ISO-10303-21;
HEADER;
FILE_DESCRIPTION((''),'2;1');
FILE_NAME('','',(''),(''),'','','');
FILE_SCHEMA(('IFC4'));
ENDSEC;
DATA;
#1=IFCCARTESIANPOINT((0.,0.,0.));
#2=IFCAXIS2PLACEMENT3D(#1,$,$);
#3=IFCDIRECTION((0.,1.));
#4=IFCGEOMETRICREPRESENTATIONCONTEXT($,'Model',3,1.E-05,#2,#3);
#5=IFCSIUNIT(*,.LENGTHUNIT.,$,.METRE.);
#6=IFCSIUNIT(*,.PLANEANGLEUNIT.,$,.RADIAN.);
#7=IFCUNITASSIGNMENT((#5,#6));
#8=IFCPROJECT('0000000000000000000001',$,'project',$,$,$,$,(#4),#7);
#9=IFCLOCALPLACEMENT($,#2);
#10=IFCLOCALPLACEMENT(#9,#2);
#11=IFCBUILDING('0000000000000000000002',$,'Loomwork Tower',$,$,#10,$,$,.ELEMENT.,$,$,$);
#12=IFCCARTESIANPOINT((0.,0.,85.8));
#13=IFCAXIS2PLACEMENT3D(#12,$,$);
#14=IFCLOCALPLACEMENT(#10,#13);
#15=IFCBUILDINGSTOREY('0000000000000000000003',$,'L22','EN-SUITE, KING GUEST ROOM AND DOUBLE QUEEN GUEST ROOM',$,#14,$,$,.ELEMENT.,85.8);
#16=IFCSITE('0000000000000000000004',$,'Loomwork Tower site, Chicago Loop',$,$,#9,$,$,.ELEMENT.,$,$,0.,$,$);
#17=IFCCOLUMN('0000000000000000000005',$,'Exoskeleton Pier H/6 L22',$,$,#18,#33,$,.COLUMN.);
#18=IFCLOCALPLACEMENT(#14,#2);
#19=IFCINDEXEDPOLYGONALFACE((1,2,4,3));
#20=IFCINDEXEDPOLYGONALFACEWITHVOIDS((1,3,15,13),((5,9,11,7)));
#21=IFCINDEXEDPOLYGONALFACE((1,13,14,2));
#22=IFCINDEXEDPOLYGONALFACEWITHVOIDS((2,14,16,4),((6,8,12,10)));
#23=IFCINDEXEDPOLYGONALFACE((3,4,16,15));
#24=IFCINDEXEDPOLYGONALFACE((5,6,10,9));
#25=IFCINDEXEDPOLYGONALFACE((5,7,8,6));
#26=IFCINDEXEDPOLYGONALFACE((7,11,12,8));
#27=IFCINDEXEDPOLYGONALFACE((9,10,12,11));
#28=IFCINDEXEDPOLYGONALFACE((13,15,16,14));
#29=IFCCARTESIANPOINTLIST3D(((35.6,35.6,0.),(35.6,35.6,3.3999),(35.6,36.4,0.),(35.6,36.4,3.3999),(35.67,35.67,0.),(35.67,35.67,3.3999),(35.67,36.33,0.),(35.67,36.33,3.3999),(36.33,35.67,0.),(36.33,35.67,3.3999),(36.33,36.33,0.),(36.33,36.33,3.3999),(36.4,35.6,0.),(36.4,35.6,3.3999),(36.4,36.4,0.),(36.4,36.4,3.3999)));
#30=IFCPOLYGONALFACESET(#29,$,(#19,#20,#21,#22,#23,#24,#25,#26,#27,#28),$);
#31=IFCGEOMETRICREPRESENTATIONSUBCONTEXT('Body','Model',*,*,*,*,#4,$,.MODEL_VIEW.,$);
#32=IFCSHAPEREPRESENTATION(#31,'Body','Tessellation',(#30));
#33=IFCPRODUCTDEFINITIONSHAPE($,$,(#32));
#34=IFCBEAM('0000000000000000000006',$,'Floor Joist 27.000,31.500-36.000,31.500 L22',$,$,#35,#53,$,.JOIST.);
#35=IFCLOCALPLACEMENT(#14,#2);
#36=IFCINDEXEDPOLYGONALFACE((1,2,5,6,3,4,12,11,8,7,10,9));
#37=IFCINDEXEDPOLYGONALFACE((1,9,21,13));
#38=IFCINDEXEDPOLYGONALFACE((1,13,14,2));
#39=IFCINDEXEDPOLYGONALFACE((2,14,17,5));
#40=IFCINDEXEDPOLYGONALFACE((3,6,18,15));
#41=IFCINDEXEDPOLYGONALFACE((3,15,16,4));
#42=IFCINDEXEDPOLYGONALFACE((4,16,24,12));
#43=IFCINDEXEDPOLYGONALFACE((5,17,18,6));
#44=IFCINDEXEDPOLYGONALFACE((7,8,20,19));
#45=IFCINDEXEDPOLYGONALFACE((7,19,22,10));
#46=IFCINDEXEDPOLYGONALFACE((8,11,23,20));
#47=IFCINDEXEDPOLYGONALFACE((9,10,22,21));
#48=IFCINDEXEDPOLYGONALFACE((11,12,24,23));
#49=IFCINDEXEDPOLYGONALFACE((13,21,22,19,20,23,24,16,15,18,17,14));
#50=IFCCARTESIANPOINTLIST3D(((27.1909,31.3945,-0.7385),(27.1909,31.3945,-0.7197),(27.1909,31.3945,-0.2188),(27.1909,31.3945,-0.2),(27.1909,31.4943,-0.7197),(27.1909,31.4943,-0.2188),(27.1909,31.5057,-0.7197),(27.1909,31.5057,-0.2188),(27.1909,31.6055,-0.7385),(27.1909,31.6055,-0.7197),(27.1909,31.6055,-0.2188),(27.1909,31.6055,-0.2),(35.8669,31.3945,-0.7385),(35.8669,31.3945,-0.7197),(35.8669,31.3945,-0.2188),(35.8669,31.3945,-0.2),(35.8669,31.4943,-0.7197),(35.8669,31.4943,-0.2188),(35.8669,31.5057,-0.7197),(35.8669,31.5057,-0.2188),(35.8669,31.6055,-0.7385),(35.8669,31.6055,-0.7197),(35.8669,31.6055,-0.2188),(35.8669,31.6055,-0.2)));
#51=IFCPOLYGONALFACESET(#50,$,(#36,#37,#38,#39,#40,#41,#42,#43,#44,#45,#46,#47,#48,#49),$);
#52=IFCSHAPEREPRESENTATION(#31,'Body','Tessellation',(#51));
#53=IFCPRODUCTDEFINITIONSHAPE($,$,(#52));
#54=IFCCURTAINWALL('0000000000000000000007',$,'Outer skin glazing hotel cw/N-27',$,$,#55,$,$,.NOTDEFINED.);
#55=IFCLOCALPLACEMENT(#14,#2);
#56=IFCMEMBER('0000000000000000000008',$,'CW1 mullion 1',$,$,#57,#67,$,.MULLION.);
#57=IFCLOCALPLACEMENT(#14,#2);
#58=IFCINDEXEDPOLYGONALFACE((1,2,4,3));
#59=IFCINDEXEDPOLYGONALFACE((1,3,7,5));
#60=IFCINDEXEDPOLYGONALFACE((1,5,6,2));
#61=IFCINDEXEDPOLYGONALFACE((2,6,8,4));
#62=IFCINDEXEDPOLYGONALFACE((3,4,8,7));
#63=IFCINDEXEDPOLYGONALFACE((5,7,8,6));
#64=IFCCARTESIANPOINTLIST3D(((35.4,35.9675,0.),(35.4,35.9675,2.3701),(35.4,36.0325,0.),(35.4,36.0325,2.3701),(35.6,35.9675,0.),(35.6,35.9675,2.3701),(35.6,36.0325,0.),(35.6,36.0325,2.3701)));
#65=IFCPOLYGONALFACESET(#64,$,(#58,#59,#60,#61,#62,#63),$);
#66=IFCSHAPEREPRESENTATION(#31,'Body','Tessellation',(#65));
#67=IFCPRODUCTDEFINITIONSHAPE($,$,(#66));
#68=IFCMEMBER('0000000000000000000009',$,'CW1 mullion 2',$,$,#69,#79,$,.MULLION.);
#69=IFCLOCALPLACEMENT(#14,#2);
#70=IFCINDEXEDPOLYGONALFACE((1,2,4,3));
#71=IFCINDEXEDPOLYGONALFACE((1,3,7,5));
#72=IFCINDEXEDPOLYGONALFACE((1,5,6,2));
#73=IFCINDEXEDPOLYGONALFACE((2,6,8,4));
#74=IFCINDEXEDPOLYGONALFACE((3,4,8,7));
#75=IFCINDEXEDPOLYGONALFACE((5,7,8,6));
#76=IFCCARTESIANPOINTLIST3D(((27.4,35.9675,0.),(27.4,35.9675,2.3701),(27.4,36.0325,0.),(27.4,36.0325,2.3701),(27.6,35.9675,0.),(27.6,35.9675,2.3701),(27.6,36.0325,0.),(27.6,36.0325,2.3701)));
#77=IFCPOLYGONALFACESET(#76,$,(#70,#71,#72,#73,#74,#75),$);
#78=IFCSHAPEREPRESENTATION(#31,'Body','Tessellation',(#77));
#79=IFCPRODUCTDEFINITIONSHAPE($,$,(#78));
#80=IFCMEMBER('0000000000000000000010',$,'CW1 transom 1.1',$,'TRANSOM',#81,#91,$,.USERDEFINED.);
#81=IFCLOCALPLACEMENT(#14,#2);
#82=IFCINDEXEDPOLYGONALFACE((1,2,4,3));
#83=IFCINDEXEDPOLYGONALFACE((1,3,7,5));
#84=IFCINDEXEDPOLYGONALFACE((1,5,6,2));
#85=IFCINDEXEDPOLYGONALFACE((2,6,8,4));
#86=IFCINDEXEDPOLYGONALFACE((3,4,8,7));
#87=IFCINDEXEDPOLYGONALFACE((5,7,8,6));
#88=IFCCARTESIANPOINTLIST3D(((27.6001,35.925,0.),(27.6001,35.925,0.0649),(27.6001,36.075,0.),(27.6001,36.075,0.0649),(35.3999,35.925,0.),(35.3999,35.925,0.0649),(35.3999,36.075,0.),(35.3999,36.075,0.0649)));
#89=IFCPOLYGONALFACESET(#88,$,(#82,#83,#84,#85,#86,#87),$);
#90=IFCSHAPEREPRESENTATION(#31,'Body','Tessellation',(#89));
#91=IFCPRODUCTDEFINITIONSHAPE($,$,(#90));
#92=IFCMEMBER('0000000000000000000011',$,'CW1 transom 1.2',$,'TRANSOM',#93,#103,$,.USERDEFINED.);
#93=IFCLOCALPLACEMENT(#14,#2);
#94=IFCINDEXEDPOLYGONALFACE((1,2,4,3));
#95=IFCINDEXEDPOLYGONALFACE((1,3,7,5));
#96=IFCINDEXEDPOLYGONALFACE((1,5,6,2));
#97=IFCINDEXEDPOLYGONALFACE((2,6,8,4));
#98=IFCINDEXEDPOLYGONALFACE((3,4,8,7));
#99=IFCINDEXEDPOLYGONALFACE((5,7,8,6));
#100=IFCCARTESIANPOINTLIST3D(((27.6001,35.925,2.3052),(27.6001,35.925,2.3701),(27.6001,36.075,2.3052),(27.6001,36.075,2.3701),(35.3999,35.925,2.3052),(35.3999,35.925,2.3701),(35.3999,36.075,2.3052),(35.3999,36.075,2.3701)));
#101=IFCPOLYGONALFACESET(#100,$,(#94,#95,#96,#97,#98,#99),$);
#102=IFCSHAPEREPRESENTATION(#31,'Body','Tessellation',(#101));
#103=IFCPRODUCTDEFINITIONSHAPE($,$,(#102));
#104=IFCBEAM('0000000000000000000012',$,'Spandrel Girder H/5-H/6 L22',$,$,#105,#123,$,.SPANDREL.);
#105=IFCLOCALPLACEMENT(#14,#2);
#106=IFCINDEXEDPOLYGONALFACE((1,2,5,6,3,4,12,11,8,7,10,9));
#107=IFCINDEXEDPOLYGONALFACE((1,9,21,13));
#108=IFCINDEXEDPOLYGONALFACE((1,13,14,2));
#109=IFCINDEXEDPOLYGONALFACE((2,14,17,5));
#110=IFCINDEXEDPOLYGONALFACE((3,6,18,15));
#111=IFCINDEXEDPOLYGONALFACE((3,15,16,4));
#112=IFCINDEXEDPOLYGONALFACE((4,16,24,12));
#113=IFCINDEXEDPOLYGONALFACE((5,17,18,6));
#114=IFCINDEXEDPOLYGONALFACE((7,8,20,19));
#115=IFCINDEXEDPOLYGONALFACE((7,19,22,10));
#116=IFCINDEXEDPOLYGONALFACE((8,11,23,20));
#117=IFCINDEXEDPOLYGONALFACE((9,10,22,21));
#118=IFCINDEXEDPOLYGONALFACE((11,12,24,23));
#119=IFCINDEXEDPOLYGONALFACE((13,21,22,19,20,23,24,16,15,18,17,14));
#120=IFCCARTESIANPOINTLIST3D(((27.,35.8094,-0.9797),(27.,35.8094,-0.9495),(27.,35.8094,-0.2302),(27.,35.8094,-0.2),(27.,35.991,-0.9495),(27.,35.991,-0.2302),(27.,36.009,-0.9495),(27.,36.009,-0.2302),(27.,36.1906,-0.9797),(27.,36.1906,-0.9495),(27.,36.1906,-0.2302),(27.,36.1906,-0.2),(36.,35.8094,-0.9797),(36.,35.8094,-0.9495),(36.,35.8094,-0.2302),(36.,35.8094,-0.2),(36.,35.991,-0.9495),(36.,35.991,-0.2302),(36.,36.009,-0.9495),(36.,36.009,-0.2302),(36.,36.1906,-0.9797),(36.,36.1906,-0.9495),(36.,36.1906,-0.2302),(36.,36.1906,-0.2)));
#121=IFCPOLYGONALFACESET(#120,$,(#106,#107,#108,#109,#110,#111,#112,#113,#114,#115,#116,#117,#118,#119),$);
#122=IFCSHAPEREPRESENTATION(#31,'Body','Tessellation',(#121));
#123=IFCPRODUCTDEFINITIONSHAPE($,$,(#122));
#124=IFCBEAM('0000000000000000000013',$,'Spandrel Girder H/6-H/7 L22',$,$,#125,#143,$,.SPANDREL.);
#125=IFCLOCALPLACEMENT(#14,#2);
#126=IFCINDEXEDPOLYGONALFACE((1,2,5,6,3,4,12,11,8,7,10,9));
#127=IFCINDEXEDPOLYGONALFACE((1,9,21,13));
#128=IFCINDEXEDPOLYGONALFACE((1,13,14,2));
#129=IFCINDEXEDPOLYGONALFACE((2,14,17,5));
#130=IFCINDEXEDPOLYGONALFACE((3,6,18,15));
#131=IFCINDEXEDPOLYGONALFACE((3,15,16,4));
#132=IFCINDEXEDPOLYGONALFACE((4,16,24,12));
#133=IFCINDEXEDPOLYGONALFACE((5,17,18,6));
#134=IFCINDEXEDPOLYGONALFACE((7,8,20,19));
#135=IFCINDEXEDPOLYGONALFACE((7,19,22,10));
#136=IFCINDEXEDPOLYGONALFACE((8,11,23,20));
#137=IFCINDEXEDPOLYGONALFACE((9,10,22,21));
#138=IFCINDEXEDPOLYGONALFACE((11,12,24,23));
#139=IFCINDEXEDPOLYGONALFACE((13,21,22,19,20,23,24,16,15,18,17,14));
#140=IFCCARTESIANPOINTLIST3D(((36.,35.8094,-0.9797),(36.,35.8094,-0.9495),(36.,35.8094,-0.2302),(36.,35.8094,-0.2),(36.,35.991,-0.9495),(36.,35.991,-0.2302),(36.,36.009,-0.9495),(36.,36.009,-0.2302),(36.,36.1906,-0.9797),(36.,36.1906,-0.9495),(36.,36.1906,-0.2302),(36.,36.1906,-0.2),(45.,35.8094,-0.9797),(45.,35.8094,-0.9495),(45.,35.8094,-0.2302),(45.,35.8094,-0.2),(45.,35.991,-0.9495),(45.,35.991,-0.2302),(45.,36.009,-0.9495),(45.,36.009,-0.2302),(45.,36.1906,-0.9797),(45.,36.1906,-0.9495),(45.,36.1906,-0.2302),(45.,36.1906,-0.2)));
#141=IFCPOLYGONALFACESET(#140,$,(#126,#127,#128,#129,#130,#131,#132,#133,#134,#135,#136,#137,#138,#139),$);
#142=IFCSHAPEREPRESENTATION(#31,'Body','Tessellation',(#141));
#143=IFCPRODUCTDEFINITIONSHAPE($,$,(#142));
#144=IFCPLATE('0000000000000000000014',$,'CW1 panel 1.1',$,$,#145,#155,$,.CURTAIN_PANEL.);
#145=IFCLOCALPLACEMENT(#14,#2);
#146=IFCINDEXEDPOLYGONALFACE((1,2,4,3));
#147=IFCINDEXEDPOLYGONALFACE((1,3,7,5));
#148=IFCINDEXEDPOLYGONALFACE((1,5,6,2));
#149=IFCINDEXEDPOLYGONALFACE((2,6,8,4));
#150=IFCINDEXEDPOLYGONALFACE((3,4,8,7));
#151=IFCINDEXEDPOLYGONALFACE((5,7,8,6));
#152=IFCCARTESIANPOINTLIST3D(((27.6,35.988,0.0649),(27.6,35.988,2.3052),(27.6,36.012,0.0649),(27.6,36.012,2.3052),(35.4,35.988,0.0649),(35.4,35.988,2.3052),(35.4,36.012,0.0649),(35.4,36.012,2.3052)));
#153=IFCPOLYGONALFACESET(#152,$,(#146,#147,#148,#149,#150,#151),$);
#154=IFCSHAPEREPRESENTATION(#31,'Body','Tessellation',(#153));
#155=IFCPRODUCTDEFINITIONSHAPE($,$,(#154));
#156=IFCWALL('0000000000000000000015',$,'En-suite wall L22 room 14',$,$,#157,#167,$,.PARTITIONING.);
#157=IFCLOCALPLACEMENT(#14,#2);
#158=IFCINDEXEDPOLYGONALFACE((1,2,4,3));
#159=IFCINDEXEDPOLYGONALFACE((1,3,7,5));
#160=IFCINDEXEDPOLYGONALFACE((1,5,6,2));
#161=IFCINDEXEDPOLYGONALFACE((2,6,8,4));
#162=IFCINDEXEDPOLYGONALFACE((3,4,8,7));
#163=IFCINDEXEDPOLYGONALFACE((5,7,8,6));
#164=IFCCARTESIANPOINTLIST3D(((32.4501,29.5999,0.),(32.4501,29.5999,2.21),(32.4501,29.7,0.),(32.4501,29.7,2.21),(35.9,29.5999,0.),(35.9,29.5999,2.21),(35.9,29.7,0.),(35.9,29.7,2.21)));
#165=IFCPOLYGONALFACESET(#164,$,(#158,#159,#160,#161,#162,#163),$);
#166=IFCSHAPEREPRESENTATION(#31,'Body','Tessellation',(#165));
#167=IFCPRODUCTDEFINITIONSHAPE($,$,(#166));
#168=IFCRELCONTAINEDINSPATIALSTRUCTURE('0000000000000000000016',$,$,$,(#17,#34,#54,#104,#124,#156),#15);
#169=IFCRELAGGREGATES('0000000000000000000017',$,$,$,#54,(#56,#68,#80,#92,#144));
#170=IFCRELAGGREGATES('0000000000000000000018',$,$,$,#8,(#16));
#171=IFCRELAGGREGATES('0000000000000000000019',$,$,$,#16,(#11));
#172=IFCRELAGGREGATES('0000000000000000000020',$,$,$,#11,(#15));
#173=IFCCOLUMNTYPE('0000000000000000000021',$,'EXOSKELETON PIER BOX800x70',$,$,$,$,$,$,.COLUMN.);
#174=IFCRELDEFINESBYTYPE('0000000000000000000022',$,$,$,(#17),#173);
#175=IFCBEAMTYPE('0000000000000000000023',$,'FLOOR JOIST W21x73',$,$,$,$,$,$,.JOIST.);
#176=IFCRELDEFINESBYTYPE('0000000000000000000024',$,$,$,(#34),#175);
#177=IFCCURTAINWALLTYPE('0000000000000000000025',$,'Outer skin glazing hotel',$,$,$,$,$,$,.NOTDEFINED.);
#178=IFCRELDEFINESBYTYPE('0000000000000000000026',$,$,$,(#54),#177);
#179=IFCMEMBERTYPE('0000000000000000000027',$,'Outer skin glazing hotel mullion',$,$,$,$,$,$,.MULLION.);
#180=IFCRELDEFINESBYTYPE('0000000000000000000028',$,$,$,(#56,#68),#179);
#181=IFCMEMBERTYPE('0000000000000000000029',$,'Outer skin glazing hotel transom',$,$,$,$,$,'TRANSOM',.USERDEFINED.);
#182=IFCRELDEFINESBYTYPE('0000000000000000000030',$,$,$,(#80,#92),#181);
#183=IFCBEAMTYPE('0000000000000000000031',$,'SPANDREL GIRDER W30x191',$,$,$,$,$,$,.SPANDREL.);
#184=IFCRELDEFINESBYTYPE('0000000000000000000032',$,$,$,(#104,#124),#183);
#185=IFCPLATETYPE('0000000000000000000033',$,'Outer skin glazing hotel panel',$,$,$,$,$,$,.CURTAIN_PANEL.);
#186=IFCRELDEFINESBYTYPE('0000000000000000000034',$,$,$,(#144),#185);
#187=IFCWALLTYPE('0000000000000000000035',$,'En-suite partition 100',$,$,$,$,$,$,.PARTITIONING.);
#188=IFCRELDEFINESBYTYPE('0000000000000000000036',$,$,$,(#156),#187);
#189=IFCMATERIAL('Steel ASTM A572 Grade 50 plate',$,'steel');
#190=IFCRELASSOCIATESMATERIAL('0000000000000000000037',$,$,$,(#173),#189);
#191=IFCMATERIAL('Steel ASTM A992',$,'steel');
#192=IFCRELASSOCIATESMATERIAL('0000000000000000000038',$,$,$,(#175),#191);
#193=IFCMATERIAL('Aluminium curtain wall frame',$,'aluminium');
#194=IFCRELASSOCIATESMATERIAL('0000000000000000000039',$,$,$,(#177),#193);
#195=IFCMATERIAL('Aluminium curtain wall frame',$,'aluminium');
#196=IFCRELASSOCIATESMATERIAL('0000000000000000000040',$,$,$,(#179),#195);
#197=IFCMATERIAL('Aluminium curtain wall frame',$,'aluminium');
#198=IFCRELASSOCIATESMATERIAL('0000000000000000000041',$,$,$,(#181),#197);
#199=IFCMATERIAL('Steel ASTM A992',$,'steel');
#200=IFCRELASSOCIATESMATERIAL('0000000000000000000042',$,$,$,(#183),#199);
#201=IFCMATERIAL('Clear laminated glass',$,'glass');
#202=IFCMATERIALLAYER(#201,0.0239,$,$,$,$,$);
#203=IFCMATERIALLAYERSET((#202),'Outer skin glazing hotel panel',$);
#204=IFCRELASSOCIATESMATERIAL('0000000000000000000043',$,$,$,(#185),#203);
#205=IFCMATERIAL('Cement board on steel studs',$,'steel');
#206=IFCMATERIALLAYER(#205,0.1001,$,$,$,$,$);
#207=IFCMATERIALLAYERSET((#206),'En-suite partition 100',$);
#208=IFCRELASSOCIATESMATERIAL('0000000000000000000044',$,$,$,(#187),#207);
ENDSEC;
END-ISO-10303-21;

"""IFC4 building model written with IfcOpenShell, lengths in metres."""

from ifc_helpers import new_model, si_unit, direction, frame, frame_2d, origin, origin_2d, place, context, subcontext, project, spatial, rectangle, hollow_rectangle, i_section, extrude, material, layer, layer_set, material_profile, profile_set, type_object, element, aggregate, save


model = new_model("IFC4")

# Units and contexts
model_context = context("Model", 3, precision=1e-05, world=origin(), true_north=direction((0.0, 1.0)))
body_context = subcontext(model_context, "Body", "Model", "MODEL_VIEW")
ifc_project = project(units=[si_unit("LENGTHUNIT", "METRE"), si_unit("PLANEANGLEUNIT", "RADIAN")], contexts=[model_context])

# Site, building, storey
site_placement = place(None, origin())
site = spatial("IfcSite", under=ifc_project, at=site_placement, Name="Loomwork Tower site, Chicago Loop", CompositionType="ELEMENT", RefElevation=0.0)
building_placement = place(site_placement, origin())
building = spatial("IfcBuilding", under=site, at=building_placement, Name="Loomwork Tower", CompositionType="ELEMENT")
storey_placement = place(building_placement, frame((0.0, 0.0, 85.8)))
storey = spatial("IfcBuildingStorey", under=building, at=storey_placement, Name="L22", Description="EN-SUITE, KING GUEST ROOM AND DOUBLE QUEEN GUEST ROOM", CompositionType="ELEMENT", Elevation=85.8)

# Column
ifc_material_1 = material(Name="Steel ASTM A572 Grade 50 plate", Category="steel")
ifc_material_profile_1 = material_profile(ifc_material_1, hollow_rectangle(XDim=0.8, YDim=0.8, WallThickness=0.0701, at=origin_2d()), Name="BOX800x70")
ifc_profile_set_1 = profile_set([ifc_material_profile_1], Name="Steel ASTM A572 Grade 50 plate")
column_type = type_object("IfcColumnType", Name="EXOSKELETON PIER BOX800x70", PredefinedType="COLUMN", material=ifc_profile_set_1)
column_placement = place(storey_placement, frame((36.0, 36.0, 0.0), z_axis=(0.0, 0.0, 1.0), x_axis=(1.0, 0.0, 0.0)))
element("IfcColumn", 1, at=column_placement, inside=storey, type_object=column_type, Name="Exoskeleton Pier H/6 L22", PredefinedType="COLUMN", context=body_context, shape_type="SweptSolid", body=[
    extrude(hollow_rectangle(XDim=0.8, YDim=0.8, WallThickness=0.0701, at=origin_2d()), origin(), (0.0, 0.0, 1.0), 3.3999),
])

# Beam
ifc_material_2 = material(Name="Steel ASTM A992", Category="steel")
ifc_material_profile_2 = material_profile(ifc_material_2, i_section(OverallWidth=0.2109, OverallDepth=0.5386, WebThickness=0.0115, FlangeThickness=0.0188, at=origin_2d()), Name="W21x73")
ifc_profile_set_2 = profile_set([ifc_material_profile_2], Name="Steel ASTM A992")
beam_type_1 = type_object("IfcBeamType", Name="FLOOR JOIST W21x73", PredefinedType="JOIST", material=ifc_profile_set_2)
beam_placement = place(storey_placement, frame((27.1909, 31.5, -0.4692), z_axis=(1.0, 0.0, 0.0), x_axis=(0.0, 1.0, 0.0)))
element("IfcBeam", 2, at=beam_placement, inside=storey, type_object=beam_type_1, Name="Floor Joist 27.000,31.500-36.000,31.500 L22", PredefinedType="JOIST", context=body_context, shape_type="SweptSolid", body=[
    extrude(i_section(OverallWidth=0.2109, OverallDepth=0.5386, WebThickness=0.0115, FlangeThickness=0.0188, at=origin_2d()), origin(), (0.0, 0.0, 1.0), 8.676),
])

# Curtain wall, members
ifc_material_3 = material(Name="Aluminium curtain wall frame", Category="aluminium")
curtain_wall_type = type_object("IfcCurtainWallType", Name="Outer skin glazing hotel", PredefinedType="NOTDEFINED", material=ifc_material_3)
curtain_wall_placement = place(storey_placement, origin())
curtain_wall = element("IfcCurtainWall", 3, at=curtain_wall_placement, inside=storey, type_object=curtain_wall_type, Name="Outer skin glazing hotel cw/N-27", PredefinedType="NOTDEFINED")
ifc_material_4 = material(Name="Aluminium curtain wall frame", Category="aluminium")
ifc_material_profile_3 = material_profile(ifc_material_4, rectangle(XDim=0.0649, YDim=0.2, at=origin_2d()), Name="AL 65x200")
ifc_profile_set_3 = profile_set([ifc_material_profile_3], Name="Aluminium curtain wall frame")
member_type_1 = type_object("IfcMemberType", Name="Outer skin glazing hotel mullion", PredefinedType="MULLION", material=ifc_profile_set_3)
member_1_placement = place(storey_placement, frame((35.5, 36.0, 0.0), z_axis=(0.0, 0.0, 1.0), x_axis=(0.0, -1.0, 0.0)))
member_1 = element("IfcMember", 4, at=member_1_placement, type_object=member_type_1, Name="CW1 mullion 1", PredefinedType="MULLION", context=body_context, shape_type="SweptSolid", body=[
    extrude(rectangle(XDim=0.0649, YDim=0.2, at=origin_2d()), origin(), (0.0, 0.0, 1.0), 2.3701),
])
member_2_placement = place(storey_placement, frame((27.5, 36.0, 0.0), z_axis=(0.0, 0.0, 1.0), x_axis=(0.0, -1.0, 0.0)))
member_2 = element("IfcMember", 5, at=member_2_placement, type_object=member_type_1, Name="CW1 mullion 2", PredefinedType="MULLION", context=body_context, shape_type="SweptSolid", body=[
    extrude(rectangle(XDim=0.0649, YDim=0.2, at=origin_2d()), origin(), (0.0, 0.0, 1.0), 2.3701),
])
ifc_material_5 = material(Name="Aluminium curtain wall frame", Category="aluminium")
ifc_material_profile_4 = material_profile(ifc_material_5, rectangle(XDim=0.1499, YDim=0.0649, at=origin_2d()), Name="AL 65x150")
ifc_profile_set_4 = profile_set([ifc_material_profile_4], Name="Aluminium curtain wall frame")
member_type_2 = type_object("IfcMemberType", Name="Outer skin glazing hotel transom", ElementType="TRANSOM", PredefinedType="USERDEFINED", material=ifc_profile_set_4)
member_3_placement = place(storey_placement, frame((35.3999, 36.0, 0.0325), z_axis=(-1.0, 0.0, 0.0), x_axis=(0.0, -1.0, 0.0)))
member_3 = element("IfcMember", 6, at=member_3_placement, type_object=member_type_2, Name="CW1 transom 1.1", ObjectType="TRANSOM", PredefinedType="USERDEFINED", context=body_context, shape_type="SweptSolid", body=[
    extrude(rectangle(XDim=0.1499, YDim=0.0649, at=origin_2d()), origin(), (0.0, 0.0, 1.0), 7.7998),
])
member_4_placement = place(storey_placement, frame((35.3999, 36.0, 2.3376), z_axis=(-1.0, 0.0, 0.0), x_axis=(0.0, -1.0, 0.0)))
member_4 = element("IfcMember", 7, at=member_4_placement, type_object=member_type_2, Name="CW1 transom 1.2", ObjectType="TRANSOM", PredefinedType="USERDEFINED", context=body_context, shape_type="SweptSolid", body=[
    extrude(rectangle(XDim=0.1499, YDim=0.0649, at=origin_2d()), origin(), (0.0, 0.0, 1.0), 7.7998),
])

# Beams
ifc_material_6 = material(Name="Steel ASTM A992", Category="steel")
ifc_material_profile_5 = material_profile(ifc_material_6, i_section(OverallWidth=0.3811, OverallDepth=0.7798, WebThickness=0.0181, FlangeThickness=0.0303, at=origin_2d()), Name="W30x191")
ifc_profile_set_5 = profile_set([ifc_material_profile_5], Name="Steel ASTM A992")
beam_type_2 = type_object("IfcBeamType", Name="SPANDREL GIRDER W30x191", PredefinedType="SPANDREL", material=ifc_profile_set_5)
for number, where, z_axis, x_axis, name in (
    (8, (27.0, 36.0, -0.5898), (1.0, 0.0, 0.0), (0.0, 1.0, 0.0), "Spandrel Girder H/5-H/6 L22"),
    (9, (36.0, 36.0, -0.5898), (1.0, 0.0, 0.0), (0.0, 1.0, 0.0), "Spandrel Girder H/6-H/7 L22"),
):
    element("IfcBeam", number, at=place(storey_placement, frame(where, z_axis=z_axis, x_axis=x_axis)), inside=storey, type_object=beam_type_2, Name=name, PredefinedType="SPANDREL", context=body_context, shape_type="SweptSolid", body=[
        extrude(i_section(OverallWidth=0.3811, OverallDepth=0.7798, WebThickness=0.0181, FlangeThickness=0.0303, at=origin_2d()), origin(), (0.0, 0.0, 1.0), 9.0),
    ])

# Plate
ifc_material_7 = material(Name="Clear laminated glass", Category="glass")
ifc_layer_1 = layer(ifc_material_7, 0.0239)
ifc_layer_set_1 = layer_set([ifc_layer_1], Name="Outer skin glazing hotel panel")
plate_type = type_object("IfcPlateType", Name="Outer skin glazing hotel panel", PredefinedType="CURTAIN_PANEL", material=ifc_layer_set_1)
plate_placement = place(storey_placement, frame((31.5, 36.0, 0.0649), z_axis=(0.0, 0.0, 1.0), x_axis=(-1.0, 0.0, 0.0)))
plate = element("IfcPlate", 10, at=plate_placement, type_object=plate_type, Name="CW1 panel 1.1", PredefinedType="CURTAIN_PANEL", context=body_context, shape_type="SweptSolid", body=[
    extrude(rectangle(XDim=7.8, YDim=0.0239, at=origin_2d()), origin(), (0.0, 0.0, 1.0), 2.2402),
])
aggregate(curtain_wall, [member_1, member_2, member_3, member_4, plate])

# Wall
ifc_material_8 = material(Name="Cement board on steel studs", Category="steel")
ifc_layer_2 = layer(ifc_material_8, 0.1001)
ifc_layer_set_2 = layer_set([ifc_layer_2], Name="En-suite partition 100")
wall_type_1 = type_object("IfcWallType", Name="En-suite partition 100", PredefinedType="PARTITIONING", material=ifc_layer_set_2)
wall_1_placement = place(storey_placement, frame((32.45, 29.6499, 0.0), z_axis=(0.0, 0.0, 1.0), x_axis=(1.0, 0.0, 0.0)))
element("IfcWall", 11, at=wall_1_placement, inside=storey, type_object=wall_type_1, Name="En-suite wall L22 room 14", PredefinedType="PARTITIONING", context=body_context, shape_type="SweptSolid", body=[
    extrude(rectangle(XDim=3.45, YDim=0.1001, at=frame_2d((1.7251, 0.0))), origin(), (0.0, 0.0, 1.0), 2.21),
])

save(model, "model.ifc")
